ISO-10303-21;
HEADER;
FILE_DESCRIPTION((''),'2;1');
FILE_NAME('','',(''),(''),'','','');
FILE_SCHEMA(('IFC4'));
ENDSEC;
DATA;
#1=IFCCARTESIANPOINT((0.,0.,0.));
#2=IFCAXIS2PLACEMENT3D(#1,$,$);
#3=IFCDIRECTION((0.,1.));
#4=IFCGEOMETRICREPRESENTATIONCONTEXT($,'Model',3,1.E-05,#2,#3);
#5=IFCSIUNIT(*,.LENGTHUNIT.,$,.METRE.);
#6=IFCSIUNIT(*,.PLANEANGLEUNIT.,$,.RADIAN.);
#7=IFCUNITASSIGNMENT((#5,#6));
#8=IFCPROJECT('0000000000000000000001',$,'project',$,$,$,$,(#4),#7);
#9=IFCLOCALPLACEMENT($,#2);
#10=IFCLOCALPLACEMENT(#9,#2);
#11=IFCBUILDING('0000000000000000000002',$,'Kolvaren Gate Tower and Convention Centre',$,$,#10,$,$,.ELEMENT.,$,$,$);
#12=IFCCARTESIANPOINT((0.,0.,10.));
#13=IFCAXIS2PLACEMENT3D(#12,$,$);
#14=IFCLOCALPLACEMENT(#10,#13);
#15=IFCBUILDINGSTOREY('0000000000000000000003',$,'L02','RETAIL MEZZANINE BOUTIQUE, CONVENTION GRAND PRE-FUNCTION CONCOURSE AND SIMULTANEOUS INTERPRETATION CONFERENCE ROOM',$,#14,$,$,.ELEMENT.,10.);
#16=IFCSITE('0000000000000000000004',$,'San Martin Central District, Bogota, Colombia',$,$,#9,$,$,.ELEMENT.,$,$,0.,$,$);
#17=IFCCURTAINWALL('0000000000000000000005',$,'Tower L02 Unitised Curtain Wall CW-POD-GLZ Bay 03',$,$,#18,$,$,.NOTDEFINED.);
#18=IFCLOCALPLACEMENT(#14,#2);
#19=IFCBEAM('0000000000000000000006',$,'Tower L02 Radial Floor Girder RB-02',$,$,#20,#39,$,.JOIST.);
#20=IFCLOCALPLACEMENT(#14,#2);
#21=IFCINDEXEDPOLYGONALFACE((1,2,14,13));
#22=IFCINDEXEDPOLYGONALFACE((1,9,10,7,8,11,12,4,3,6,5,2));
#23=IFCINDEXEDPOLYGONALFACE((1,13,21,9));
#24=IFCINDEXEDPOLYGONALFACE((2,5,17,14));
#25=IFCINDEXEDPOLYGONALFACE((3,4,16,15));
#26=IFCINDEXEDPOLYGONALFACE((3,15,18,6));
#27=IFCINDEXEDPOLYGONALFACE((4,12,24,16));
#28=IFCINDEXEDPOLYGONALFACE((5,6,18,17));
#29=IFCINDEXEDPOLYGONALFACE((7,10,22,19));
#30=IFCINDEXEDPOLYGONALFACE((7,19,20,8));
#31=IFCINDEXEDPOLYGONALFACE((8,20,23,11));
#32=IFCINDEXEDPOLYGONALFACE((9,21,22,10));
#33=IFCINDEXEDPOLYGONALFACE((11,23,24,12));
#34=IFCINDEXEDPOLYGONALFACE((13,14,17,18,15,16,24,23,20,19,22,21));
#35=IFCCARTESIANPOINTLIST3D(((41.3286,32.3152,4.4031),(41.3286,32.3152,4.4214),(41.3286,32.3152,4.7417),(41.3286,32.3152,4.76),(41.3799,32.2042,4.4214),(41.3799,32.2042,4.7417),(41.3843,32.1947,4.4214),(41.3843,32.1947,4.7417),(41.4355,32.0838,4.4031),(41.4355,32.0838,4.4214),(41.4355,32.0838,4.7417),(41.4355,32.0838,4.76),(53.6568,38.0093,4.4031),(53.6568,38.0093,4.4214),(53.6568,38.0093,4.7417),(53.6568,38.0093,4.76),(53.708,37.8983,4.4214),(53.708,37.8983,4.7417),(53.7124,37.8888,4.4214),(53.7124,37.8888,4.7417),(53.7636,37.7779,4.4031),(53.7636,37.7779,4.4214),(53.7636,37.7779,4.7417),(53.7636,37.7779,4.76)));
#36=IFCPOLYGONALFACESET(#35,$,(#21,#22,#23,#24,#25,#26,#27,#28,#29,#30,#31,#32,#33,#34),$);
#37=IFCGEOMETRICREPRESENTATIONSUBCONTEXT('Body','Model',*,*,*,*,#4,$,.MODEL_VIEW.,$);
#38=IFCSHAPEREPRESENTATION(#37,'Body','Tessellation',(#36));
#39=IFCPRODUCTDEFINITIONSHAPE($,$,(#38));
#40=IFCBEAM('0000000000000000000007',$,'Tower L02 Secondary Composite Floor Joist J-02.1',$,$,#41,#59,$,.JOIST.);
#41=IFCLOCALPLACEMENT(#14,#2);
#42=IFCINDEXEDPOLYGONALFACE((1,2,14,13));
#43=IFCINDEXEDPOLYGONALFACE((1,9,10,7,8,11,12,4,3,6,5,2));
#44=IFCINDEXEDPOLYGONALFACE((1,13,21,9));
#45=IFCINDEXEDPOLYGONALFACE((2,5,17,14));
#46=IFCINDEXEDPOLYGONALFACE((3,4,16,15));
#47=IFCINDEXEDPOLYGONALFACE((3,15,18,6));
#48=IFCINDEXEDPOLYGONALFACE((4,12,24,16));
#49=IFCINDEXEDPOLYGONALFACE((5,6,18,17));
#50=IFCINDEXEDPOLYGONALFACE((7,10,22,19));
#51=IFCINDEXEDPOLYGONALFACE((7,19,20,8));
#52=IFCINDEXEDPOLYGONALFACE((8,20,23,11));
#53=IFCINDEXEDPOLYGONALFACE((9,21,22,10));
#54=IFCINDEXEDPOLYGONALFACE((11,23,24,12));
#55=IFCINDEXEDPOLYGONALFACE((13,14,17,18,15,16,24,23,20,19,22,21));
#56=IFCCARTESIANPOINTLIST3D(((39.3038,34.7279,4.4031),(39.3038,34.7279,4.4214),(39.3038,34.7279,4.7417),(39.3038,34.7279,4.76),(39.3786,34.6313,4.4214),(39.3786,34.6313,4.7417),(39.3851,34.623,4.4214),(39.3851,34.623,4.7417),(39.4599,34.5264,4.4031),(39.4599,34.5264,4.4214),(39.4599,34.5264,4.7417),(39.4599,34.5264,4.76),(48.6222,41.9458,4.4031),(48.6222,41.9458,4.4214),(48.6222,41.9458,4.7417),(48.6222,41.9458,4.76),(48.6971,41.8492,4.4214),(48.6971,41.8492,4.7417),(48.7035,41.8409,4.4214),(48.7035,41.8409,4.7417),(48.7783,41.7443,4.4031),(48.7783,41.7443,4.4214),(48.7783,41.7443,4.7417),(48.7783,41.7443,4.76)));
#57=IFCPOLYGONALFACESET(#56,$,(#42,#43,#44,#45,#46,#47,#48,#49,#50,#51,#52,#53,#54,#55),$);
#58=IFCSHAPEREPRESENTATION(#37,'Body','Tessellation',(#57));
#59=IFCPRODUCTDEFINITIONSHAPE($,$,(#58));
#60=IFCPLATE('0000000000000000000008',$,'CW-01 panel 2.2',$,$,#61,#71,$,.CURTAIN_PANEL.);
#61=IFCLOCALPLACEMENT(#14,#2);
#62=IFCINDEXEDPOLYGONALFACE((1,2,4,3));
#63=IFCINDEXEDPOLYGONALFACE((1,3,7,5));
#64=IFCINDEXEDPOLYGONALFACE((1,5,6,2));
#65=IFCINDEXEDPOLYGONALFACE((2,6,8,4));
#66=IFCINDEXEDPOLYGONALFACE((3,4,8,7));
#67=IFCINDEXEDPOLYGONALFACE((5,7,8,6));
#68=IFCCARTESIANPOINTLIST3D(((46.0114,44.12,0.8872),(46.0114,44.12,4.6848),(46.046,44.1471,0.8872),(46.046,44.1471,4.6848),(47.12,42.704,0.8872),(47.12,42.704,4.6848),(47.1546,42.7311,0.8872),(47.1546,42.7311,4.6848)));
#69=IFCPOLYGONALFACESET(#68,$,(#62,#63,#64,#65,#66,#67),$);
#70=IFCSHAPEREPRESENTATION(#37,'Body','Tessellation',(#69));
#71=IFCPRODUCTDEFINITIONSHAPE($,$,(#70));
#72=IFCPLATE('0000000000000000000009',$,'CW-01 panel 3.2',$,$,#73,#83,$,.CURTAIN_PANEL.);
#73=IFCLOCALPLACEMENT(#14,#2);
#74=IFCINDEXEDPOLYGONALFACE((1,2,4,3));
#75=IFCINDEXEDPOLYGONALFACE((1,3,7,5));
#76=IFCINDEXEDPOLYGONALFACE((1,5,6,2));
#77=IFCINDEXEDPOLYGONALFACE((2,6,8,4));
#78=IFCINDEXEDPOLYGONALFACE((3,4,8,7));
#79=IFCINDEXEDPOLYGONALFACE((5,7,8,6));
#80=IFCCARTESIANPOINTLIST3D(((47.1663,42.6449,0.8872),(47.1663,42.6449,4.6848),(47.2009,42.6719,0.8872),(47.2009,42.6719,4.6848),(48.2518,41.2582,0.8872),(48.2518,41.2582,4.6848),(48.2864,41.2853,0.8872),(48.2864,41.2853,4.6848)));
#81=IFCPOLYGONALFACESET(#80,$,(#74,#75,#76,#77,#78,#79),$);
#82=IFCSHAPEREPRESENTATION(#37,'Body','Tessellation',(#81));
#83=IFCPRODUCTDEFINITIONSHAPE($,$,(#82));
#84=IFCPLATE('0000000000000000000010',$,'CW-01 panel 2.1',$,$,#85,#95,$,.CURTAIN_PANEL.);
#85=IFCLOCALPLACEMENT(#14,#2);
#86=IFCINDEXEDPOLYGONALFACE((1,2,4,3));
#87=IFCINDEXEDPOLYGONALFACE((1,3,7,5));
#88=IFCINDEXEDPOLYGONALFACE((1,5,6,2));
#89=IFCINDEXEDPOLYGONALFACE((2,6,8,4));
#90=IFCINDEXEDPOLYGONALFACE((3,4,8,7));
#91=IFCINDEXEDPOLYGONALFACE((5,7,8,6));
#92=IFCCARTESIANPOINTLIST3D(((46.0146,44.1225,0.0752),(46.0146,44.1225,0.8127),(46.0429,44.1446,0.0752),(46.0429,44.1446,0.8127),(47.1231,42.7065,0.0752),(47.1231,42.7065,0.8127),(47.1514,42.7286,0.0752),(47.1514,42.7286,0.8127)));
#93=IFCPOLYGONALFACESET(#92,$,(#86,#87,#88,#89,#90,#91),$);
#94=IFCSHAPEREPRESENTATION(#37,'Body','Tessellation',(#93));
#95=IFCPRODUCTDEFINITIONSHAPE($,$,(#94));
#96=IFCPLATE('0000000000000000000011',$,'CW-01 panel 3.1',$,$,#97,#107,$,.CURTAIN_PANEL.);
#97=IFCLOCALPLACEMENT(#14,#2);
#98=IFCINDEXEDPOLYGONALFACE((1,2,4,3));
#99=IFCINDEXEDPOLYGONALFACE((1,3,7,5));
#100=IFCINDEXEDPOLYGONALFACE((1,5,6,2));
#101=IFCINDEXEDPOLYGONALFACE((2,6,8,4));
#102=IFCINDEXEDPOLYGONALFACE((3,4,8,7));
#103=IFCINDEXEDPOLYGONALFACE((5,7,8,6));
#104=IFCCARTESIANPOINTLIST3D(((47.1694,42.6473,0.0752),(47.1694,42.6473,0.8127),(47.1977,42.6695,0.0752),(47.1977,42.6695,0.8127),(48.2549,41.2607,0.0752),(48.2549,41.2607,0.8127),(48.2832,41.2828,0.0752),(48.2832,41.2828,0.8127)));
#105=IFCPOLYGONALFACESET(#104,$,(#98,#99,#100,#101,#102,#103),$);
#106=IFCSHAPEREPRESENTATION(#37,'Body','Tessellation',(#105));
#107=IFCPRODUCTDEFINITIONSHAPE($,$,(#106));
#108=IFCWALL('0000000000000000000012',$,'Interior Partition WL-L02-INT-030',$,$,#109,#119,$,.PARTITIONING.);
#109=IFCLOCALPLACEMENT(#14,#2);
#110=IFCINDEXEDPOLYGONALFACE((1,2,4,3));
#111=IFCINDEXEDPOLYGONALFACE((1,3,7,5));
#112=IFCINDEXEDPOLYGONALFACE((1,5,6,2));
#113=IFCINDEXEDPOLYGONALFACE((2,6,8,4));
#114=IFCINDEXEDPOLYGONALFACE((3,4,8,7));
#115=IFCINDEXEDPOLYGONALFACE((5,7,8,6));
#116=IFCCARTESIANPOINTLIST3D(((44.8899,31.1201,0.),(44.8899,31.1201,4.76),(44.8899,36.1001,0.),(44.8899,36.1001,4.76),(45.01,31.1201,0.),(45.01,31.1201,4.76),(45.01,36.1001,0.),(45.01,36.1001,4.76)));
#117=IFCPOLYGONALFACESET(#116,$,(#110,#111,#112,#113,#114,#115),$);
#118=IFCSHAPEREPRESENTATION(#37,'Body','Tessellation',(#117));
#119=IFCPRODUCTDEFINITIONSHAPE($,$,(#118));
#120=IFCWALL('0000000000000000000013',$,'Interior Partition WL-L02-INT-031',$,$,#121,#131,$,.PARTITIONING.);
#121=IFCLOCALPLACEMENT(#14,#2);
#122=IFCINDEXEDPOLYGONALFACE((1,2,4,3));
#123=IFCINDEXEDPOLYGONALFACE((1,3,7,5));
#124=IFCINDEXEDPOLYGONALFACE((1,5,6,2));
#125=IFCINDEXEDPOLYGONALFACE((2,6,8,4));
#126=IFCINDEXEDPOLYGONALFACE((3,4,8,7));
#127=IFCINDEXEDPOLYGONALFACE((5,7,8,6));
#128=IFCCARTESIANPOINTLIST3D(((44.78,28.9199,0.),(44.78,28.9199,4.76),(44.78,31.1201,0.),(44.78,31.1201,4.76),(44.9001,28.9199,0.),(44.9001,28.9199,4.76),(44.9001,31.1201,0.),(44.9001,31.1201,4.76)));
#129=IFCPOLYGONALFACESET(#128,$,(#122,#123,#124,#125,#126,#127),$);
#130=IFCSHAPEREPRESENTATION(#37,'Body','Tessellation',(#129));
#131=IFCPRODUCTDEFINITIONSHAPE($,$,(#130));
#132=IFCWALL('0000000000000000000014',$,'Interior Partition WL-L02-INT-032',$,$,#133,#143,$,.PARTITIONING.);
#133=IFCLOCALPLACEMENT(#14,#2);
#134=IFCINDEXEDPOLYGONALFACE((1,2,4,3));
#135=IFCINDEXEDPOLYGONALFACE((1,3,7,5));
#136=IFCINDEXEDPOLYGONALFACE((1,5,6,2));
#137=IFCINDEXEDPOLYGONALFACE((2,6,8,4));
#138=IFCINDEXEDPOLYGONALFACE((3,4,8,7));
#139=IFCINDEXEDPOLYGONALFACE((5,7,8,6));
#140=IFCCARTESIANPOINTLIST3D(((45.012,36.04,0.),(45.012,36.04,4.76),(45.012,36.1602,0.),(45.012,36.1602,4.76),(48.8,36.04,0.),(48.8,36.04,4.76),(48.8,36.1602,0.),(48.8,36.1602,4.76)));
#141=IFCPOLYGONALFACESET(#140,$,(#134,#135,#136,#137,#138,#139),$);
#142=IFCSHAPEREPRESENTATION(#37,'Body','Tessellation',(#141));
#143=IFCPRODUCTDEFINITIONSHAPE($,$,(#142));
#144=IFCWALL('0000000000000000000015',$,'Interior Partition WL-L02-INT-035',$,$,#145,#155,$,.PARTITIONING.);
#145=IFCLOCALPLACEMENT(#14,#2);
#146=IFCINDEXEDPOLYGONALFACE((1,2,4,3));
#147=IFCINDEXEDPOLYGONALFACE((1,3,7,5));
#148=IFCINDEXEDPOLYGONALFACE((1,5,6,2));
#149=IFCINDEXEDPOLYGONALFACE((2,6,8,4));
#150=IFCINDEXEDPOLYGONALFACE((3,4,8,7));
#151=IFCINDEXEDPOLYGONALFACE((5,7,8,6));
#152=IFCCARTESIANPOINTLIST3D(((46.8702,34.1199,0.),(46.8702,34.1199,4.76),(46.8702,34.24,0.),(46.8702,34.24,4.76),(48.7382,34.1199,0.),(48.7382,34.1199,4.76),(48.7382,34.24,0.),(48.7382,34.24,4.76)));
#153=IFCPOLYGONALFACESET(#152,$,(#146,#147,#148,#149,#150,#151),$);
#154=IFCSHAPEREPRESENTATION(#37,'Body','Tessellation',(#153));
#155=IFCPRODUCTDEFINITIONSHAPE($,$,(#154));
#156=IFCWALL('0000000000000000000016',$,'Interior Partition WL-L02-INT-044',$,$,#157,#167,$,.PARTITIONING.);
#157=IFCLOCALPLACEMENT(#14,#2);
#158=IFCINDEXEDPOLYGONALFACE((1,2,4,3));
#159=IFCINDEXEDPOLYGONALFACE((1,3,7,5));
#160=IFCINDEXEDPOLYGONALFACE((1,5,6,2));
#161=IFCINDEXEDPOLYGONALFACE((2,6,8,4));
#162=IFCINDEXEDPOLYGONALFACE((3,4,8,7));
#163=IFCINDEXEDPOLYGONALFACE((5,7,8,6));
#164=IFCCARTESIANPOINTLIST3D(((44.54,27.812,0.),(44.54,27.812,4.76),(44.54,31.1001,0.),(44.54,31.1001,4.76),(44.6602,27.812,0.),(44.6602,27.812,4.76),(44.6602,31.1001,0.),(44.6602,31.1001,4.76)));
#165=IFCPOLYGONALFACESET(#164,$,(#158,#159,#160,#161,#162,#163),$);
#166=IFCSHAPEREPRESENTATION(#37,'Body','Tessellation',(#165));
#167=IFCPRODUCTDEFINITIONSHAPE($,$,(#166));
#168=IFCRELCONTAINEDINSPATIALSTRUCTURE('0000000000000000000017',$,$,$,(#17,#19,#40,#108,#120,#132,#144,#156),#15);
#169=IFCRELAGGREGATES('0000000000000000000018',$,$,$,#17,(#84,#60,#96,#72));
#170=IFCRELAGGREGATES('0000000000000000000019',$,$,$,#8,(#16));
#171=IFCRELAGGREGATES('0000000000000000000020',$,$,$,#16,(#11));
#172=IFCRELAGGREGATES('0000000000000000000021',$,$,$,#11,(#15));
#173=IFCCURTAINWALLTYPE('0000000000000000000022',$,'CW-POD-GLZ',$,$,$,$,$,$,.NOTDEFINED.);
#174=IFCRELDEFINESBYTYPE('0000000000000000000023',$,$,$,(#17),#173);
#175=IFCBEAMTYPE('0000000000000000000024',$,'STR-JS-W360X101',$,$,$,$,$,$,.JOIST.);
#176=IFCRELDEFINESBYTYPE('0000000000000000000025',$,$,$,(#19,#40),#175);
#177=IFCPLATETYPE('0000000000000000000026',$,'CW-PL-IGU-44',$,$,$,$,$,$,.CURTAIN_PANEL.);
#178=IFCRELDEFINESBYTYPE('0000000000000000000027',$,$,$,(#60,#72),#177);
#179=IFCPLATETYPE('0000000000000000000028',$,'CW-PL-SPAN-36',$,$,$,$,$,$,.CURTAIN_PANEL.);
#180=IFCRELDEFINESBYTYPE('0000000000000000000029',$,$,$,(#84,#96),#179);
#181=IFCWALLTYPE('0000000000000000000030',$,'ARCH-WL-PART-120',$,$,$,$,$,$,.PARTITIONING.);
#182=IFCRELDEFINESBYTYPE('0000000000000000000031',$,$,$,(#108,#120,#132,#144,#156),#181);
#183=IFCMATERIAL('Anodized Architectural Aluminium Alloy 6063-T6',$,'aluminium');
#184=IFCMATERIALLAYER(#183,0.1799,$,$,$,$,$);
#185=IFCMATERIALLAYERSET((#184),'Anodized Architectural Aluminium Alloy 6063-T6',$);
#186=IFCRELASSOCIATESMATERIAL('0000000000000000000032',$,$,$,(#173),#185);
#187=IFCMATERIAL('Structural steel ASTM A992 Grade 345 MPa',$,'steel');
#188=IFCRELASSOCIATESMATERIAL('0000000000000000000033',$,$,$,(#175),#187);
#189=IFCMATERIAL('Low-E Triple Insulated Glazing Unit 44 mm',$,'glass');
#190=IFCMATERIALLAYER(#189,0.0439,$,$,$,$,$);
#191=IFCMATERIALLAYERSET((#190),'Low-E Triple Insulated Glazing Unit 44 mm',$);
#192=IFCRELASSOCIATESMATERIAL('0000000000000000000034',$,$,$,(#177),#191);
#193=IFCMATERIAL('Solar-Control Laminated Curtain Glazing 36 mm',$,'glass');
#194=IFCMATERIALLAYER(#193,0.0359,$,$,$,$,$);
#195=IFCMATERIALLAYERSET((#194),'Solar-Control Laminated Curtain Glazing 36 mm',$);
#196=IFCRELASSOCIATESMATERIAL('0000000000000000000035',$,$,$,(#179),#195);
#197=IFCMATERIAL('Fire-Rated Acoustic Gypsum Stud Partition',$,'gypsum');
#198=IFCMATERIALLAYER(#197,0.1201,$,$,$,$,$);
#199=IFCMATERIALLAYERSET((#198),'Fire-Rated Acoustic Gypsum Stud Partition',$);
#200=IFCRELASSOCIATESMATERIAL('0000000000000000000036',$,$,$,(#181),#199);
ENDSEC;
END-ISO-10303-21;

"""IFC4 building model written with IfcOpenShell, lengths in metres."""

from ifc_helpers import new_model, si_unit, direction, frame, frame_2d, origin, origin_2d, place, context, subcontext, project, spatial, rectangle, i_section, extrude, material, layer, layer_set, material_profile, profile_set, type_object, element, aggregate, save


model = new_model("IFC4")

# Units and contexts
model_context = context("Model", 3, precision=1e-05, world=origin(), true_north=direction((0.0, 1.0)))
body_context = subcontext(model_context, "Body", "Model", "MODEL_VIEW")
ifc_project = project(units=[si_unit("LENGTHUNIT", "METRE"), si_unit("PLANEANGLEUNIT", "RADIAN")], contexts=[model_context])

# Site, building, storey
site_placement = place(None, origin())
site = spatial("IfcSite", under=ifc_project, at=site_placement, Name="San Martin Central District, Bogota, Colombia", CompositionType="ELEMENT", RefElevation=0.0)
building_placement = place(site_placement, origin())
building = spatial("IfcBuilding", under=site, at=building_placement, Name="Kolvaren Gate Tower and Convention Centre", CompositionType="ELEMENT")
storey_placement = place(building_placement, frame((0.0, 0.0, 10.0)))
storey = spatial("IfcBuildingStorey", under=building, at=storey_placement, Name="L02", Description="RETAIL MEZZANINE BOUTIQUE, CONVENTION GRAND PRE-FUNCTION CONCOURSE AND SIMULTANEOUS INTERPRETATION CONFERENCE ROOM", CompositionType="ELEMENT", Elevation=10.0)

# Shared definitions
ifc_material_1 = material(Name="Anodized Architectural Aluminium Alloy 6063-T6", Category="aluminium")
ifc_layer_1 = layer(ifc_material_1, 0.1799)
ifc_layer_set_1 = layer_set([ifc_layer_1], Name="Anodized Architectural Aluminium Alloy 6063-T6")
curtain_wall_type = type_object("IfcCurtainWallType", Name="CW-POD-GLZ", PredefinedType="NOTDEFINED", material=ifc_layer_set_1)

# Curtain wall
curtain_wall_1_placement = place(storey_placement, origin())
curtain_wall_1 = element("IfcCurtainWall", 1, at=curtain_wall_1_placement, inside=storey, type_object=curtain_wall_type, Name="Tower L02 Unitised Curtain Wall CW-POD-GLZ Bay 03", PredefinedType="NOTDEFINED")

# Beams
ifc_material_2 = material(Name="Structural steel ASTM A992 Grade 345 MPa", Category="steel")
ifc_material_profile_1 = material_profile(ifc_material_2, i_section(OverallWidth=0.2549, OverallDepth=0.3569, WebThickness=0.0105, FlangeThickness=0.0183, at=origin_2d()), Name="W360X101")
ifc_profile_set_1 = profile_set([ifc_material_profile_1], Name="Structural steel ASTM A992 Grade 345 MPa")
beam_type_1 = type_object("IfcBeamType", Name="STR-JS-W360X101", PredefinedType="JOIST", material=ifc_profile_set_1)
beam_1_placement = place(storey_placement, frame((41.3821, 32.1995, 4.5815), z_axis=(0.907842, 0.419312, 0.0), x_axis=(-0.419312, 0.907842, 0.0)))
element("IfcBeam", 2, at=beam_1_placement, inside=storey, type_object=beam_type_1, Name="Tower L02 Radial Floor Girder RB-02", PredefinedType="JOIST", context=body_context, shape_type="SweptSolid", body=[
    extrude(i_section(OverallWidth=0.2549, OverallDepth=0.3569, WebThickness=0.0105, FlangeThickness=0.0183, at=origin_2d()), origin(), (0.0, 0.0, 1.0), 13.5796),
])
beam_2_placement = place(storey_placement, frame((39.3818, 34.6272, 4.5815), z_axis=(0.790577, 0.612362, 0.0), x_axis=(-0.612362, 0.790577, 0.0)))
element("IfcBeam", 3, at=beam_2_placement, inside=storey, type_object=beam_type_1, Name="Tower L02 Secondary Composite Floor Joist J-02.1", PredefinedType="JOIST", context=body_context, shape_type="SweptSolid", body=[
    extrude(i_section(OverallWidth=0.2549, OverallDepth=0.3569, WebThickness=0.0105, FlangeThickness=0.0183, at=origin_2d()), origin(), (0.0, 0.0, 1.0), 11.7869),
])

# Plates
ifc_material_3 = material(Name="Low-E Triple Insulated Glazing Unit 44 mm", Category="glass")
ifc_layer_2 = layer(ifc_material_3, 0.0439)
ifc_layer_set_2 = layer_set([ifc_layer_2], Name="Low-E Triple Insulated Glazing Unit 44 mm")
plate_type_1 = type_object("IfcPlateType", Name="CW-PL-IGU-44", PredefinedType="CURTAIN_PANEL", material=ifc_layer_set_2)
plate_1_placement = place(storey_placement, frame((46.583, 43.4255, 0.8872), z_axis=(0.0, 0.0, 1.0), x_axis=(0.616426, -0.787413, 0.0)))
plate_1 = element("IfcPlate", 4, at=plate_1_placement, type_object=plate_type_1, Name="CW-01 panel 2.2", PredefinedType="CURTAIN_PANEL", context=body_context, shape_type="SweptSolid", body=[
    extrude(rectangle(XDim=1.7983, YDim=0.0439, at=origin_2d()), origin(), (0.0, 0.0, 1.0), 3.7976),
])
plate_2_placement = place(storey_placement, frame((47.7263, 41.9651, 0.8872), z_axis=(0.0, 0.0, 1.0), x_axis=(0.616426, -0.787413, 0.0)))
plate_2 = element("IfcPlate", 5, at=plate_2_placement, type_object=plate_type_1, Name="CW-01 panel 3.2", PredefinedType="CURTAIN_PANEL", context=body_context, shape_type="SweptSolid", body=[
    extrude(rectangle(XDim=1.761, YDim=0.0439, at=origin_2d()), origin(), (0.0, 0.0, 1.0), 3.7976),
])
ifc_material_4 = material(Name="Solar-Control Laminated Curtain Glazing 36 mm", Category="glass")
ifc_layer_3 = layer(ifc_material_4, 0.0359)
ifc_layer_set_3 = layer_set([ifc_layer_3], Name="Solar-Control Laminated Curtain Glazing 36 mm")
plate_type_2 = type_object("IfcPlateType", Name="CW-PL-SPAN-36", PredefinedType="CURTAIN_PANEL", material=ifc_layer_set_3)
plate_3_placement = place(storey_placement, frame((46.583, 43.4255, 0.0752), z_axis=(0.0, 0.0, 1.0), x_axis=(0.616426, -0.787413, 0.0)))
plate_3 = element("IfcPlate", 6, at=plate_3_placement, type_object=plate_type_2, Name="CW-01 panel 2.1", PredefinedType="CURTAIN_PANEL", context=body_context, shape_type="SweptSolid", body=[
    extrude(rectangle(XDim=1.7983, YDim=0.0359, at=origin_2d()), origin(), (0.0, 0.0, 1.0), 0.7375),
])
plate_4_placement = place(storey_placement, frame((47.7263, 41.9651, 0.0752), z_axis=(0.0, 0.0, 1.0), x_axis=(0.616426, -0.787413, 0.0)))
plate_4 = element("IfcPlate", 7, at=plate_4_placement, type_object=plate_type_2, Name="CW-01 panel 3.1", PredefinedType="CURTAIN_PANEL", context=body_context, shape_type="SweptSolid", body=[
    extrude(rectangle(XDim=1.761, YDim=0.0359, at=origin_2d()), origin(), (0.0, 0.0, 1.0), 0.7375),
])
aggregate(curtain_wall_1, [plate_3, plate_1, plate_4, plate_2])

# Walls
ifc_material_5 = material(Name="Fire-Rated Acoustic Gypsum Stud Partition", Category="gypsum")
ifc_layer_4 = layer(ifc_material_5, 0.1201)
ifc_layer_set_4 = layer_set([ifc_layer_4], Name="Fire-Rated Acoustic Gypsum Stud Partition")
wall_type = type_object("IfcWallType", Name="ARCH-WL-PART-120", PredefinedType="PARTITIONING", material=ifc_layer_set_4)
wall_1_placement = place(storey_placement, frame((44.95, 31.1201, 0.0), z_axis=(0.0, 0.0, 1.0), x_axis=(0.0, 1.0, 0.0)))
element("IfcWall", 8, at=wall_1_placement, inside=storey, type_object=wall_type, Name="Interior Partition WL-L02-INT-030", PredefinedType="PARTITIONING", context=body_context, shape_type="SweptSolid", body=[
    extrude(rectangle(XDim=4.98, YDim=0.1201, at=frame_2d((2.49, 0.0))), origin(), (0.0, 0.0, 1.0), 4.76),
])
wall_2_placement = place(storey_placement, frame((44.8401, 28.9199, 0.0), z_axis=(0.0, 0.0, 1.0), x_axis=(0.0, 1.0, 0.0)))
element("IfcWall", 9, at=wall_2_placement, inside=storey, type_object=wall_type, Name="Interior Partition WL-L02-INT-031", PredefinedType="PARTITIONING", context=body_context, shape_type="SweptSolid", body=[
    extrude(rectangle(XDim=2.2002, YDim=0.1201, at=frame_2d((1.1001, 0.0))), origin(), (0.0, 0.0, 1.0), 4.76),
])
wall_3_placement = place(storey_placement, frame((45.012, 36.1001, 0.0), z_axis=(0.0, 0.0, 1.0), x_axis=(1.0, 0.0, 0.0)))
element("IfcWall", 10, at=wall_3_placement, inside=storey, type_object=wall_type, Name="Interior Partition WL-L02-INT-032", PredefinedType="PARTITIONING", context=body_context, shape_type="SweptSolid", body=[
    extrude(rectangle(XDim=3.7881, YDim=0.1201, at=frame_2d((1.894, 0.0))), origin(), (0.0, 0.0, 1.0), 4.76),
])
wall_4_placement = place(storey_placement, frame((46.8701, 34.1799, 0.0), z_axis=(0.0, 0.0, 1.0), x_axis=(1.0, 0.0, 0.0)))
element("IfcWall", 11, at=wall_4_placement, inside=storey, type_object=wall_type, Name="Interior Partition WL-L02-INT-035", PredefinedType="PARTITIONING", context=body_context, shape_type="SweptSolid", body=[
    extrude(rectangle(XDim=1.8679, YDim=0.1201, at=frame_2d((0.9341, 0.0))), origin(), (0.0, 0.0, 1.0), 4.76),
])
wall_5_placement = place(storey_placement, frame((44.6001, 27.812, 0.0), z_axis=(0.0, 0.0, 1.0), x_axis=(0.0, 1.0, 0.0)))
element("IfcWall", 12, at=wall_5_placement, inside=storey, type_object=wall_type, Name="Interior Partition WL-L02-INT-044", PredefinedType="PARTITIONING", context=body_context, shape_type="SweptSolid", body=[
    extrude(rectangle(XDim=3.2881, YDim=0.1201, at=frame_2d((1.644, 0.0))), origin(), (0.0, 0.0, 1.0), 4.76),
])

save(model, "model.ifc")
